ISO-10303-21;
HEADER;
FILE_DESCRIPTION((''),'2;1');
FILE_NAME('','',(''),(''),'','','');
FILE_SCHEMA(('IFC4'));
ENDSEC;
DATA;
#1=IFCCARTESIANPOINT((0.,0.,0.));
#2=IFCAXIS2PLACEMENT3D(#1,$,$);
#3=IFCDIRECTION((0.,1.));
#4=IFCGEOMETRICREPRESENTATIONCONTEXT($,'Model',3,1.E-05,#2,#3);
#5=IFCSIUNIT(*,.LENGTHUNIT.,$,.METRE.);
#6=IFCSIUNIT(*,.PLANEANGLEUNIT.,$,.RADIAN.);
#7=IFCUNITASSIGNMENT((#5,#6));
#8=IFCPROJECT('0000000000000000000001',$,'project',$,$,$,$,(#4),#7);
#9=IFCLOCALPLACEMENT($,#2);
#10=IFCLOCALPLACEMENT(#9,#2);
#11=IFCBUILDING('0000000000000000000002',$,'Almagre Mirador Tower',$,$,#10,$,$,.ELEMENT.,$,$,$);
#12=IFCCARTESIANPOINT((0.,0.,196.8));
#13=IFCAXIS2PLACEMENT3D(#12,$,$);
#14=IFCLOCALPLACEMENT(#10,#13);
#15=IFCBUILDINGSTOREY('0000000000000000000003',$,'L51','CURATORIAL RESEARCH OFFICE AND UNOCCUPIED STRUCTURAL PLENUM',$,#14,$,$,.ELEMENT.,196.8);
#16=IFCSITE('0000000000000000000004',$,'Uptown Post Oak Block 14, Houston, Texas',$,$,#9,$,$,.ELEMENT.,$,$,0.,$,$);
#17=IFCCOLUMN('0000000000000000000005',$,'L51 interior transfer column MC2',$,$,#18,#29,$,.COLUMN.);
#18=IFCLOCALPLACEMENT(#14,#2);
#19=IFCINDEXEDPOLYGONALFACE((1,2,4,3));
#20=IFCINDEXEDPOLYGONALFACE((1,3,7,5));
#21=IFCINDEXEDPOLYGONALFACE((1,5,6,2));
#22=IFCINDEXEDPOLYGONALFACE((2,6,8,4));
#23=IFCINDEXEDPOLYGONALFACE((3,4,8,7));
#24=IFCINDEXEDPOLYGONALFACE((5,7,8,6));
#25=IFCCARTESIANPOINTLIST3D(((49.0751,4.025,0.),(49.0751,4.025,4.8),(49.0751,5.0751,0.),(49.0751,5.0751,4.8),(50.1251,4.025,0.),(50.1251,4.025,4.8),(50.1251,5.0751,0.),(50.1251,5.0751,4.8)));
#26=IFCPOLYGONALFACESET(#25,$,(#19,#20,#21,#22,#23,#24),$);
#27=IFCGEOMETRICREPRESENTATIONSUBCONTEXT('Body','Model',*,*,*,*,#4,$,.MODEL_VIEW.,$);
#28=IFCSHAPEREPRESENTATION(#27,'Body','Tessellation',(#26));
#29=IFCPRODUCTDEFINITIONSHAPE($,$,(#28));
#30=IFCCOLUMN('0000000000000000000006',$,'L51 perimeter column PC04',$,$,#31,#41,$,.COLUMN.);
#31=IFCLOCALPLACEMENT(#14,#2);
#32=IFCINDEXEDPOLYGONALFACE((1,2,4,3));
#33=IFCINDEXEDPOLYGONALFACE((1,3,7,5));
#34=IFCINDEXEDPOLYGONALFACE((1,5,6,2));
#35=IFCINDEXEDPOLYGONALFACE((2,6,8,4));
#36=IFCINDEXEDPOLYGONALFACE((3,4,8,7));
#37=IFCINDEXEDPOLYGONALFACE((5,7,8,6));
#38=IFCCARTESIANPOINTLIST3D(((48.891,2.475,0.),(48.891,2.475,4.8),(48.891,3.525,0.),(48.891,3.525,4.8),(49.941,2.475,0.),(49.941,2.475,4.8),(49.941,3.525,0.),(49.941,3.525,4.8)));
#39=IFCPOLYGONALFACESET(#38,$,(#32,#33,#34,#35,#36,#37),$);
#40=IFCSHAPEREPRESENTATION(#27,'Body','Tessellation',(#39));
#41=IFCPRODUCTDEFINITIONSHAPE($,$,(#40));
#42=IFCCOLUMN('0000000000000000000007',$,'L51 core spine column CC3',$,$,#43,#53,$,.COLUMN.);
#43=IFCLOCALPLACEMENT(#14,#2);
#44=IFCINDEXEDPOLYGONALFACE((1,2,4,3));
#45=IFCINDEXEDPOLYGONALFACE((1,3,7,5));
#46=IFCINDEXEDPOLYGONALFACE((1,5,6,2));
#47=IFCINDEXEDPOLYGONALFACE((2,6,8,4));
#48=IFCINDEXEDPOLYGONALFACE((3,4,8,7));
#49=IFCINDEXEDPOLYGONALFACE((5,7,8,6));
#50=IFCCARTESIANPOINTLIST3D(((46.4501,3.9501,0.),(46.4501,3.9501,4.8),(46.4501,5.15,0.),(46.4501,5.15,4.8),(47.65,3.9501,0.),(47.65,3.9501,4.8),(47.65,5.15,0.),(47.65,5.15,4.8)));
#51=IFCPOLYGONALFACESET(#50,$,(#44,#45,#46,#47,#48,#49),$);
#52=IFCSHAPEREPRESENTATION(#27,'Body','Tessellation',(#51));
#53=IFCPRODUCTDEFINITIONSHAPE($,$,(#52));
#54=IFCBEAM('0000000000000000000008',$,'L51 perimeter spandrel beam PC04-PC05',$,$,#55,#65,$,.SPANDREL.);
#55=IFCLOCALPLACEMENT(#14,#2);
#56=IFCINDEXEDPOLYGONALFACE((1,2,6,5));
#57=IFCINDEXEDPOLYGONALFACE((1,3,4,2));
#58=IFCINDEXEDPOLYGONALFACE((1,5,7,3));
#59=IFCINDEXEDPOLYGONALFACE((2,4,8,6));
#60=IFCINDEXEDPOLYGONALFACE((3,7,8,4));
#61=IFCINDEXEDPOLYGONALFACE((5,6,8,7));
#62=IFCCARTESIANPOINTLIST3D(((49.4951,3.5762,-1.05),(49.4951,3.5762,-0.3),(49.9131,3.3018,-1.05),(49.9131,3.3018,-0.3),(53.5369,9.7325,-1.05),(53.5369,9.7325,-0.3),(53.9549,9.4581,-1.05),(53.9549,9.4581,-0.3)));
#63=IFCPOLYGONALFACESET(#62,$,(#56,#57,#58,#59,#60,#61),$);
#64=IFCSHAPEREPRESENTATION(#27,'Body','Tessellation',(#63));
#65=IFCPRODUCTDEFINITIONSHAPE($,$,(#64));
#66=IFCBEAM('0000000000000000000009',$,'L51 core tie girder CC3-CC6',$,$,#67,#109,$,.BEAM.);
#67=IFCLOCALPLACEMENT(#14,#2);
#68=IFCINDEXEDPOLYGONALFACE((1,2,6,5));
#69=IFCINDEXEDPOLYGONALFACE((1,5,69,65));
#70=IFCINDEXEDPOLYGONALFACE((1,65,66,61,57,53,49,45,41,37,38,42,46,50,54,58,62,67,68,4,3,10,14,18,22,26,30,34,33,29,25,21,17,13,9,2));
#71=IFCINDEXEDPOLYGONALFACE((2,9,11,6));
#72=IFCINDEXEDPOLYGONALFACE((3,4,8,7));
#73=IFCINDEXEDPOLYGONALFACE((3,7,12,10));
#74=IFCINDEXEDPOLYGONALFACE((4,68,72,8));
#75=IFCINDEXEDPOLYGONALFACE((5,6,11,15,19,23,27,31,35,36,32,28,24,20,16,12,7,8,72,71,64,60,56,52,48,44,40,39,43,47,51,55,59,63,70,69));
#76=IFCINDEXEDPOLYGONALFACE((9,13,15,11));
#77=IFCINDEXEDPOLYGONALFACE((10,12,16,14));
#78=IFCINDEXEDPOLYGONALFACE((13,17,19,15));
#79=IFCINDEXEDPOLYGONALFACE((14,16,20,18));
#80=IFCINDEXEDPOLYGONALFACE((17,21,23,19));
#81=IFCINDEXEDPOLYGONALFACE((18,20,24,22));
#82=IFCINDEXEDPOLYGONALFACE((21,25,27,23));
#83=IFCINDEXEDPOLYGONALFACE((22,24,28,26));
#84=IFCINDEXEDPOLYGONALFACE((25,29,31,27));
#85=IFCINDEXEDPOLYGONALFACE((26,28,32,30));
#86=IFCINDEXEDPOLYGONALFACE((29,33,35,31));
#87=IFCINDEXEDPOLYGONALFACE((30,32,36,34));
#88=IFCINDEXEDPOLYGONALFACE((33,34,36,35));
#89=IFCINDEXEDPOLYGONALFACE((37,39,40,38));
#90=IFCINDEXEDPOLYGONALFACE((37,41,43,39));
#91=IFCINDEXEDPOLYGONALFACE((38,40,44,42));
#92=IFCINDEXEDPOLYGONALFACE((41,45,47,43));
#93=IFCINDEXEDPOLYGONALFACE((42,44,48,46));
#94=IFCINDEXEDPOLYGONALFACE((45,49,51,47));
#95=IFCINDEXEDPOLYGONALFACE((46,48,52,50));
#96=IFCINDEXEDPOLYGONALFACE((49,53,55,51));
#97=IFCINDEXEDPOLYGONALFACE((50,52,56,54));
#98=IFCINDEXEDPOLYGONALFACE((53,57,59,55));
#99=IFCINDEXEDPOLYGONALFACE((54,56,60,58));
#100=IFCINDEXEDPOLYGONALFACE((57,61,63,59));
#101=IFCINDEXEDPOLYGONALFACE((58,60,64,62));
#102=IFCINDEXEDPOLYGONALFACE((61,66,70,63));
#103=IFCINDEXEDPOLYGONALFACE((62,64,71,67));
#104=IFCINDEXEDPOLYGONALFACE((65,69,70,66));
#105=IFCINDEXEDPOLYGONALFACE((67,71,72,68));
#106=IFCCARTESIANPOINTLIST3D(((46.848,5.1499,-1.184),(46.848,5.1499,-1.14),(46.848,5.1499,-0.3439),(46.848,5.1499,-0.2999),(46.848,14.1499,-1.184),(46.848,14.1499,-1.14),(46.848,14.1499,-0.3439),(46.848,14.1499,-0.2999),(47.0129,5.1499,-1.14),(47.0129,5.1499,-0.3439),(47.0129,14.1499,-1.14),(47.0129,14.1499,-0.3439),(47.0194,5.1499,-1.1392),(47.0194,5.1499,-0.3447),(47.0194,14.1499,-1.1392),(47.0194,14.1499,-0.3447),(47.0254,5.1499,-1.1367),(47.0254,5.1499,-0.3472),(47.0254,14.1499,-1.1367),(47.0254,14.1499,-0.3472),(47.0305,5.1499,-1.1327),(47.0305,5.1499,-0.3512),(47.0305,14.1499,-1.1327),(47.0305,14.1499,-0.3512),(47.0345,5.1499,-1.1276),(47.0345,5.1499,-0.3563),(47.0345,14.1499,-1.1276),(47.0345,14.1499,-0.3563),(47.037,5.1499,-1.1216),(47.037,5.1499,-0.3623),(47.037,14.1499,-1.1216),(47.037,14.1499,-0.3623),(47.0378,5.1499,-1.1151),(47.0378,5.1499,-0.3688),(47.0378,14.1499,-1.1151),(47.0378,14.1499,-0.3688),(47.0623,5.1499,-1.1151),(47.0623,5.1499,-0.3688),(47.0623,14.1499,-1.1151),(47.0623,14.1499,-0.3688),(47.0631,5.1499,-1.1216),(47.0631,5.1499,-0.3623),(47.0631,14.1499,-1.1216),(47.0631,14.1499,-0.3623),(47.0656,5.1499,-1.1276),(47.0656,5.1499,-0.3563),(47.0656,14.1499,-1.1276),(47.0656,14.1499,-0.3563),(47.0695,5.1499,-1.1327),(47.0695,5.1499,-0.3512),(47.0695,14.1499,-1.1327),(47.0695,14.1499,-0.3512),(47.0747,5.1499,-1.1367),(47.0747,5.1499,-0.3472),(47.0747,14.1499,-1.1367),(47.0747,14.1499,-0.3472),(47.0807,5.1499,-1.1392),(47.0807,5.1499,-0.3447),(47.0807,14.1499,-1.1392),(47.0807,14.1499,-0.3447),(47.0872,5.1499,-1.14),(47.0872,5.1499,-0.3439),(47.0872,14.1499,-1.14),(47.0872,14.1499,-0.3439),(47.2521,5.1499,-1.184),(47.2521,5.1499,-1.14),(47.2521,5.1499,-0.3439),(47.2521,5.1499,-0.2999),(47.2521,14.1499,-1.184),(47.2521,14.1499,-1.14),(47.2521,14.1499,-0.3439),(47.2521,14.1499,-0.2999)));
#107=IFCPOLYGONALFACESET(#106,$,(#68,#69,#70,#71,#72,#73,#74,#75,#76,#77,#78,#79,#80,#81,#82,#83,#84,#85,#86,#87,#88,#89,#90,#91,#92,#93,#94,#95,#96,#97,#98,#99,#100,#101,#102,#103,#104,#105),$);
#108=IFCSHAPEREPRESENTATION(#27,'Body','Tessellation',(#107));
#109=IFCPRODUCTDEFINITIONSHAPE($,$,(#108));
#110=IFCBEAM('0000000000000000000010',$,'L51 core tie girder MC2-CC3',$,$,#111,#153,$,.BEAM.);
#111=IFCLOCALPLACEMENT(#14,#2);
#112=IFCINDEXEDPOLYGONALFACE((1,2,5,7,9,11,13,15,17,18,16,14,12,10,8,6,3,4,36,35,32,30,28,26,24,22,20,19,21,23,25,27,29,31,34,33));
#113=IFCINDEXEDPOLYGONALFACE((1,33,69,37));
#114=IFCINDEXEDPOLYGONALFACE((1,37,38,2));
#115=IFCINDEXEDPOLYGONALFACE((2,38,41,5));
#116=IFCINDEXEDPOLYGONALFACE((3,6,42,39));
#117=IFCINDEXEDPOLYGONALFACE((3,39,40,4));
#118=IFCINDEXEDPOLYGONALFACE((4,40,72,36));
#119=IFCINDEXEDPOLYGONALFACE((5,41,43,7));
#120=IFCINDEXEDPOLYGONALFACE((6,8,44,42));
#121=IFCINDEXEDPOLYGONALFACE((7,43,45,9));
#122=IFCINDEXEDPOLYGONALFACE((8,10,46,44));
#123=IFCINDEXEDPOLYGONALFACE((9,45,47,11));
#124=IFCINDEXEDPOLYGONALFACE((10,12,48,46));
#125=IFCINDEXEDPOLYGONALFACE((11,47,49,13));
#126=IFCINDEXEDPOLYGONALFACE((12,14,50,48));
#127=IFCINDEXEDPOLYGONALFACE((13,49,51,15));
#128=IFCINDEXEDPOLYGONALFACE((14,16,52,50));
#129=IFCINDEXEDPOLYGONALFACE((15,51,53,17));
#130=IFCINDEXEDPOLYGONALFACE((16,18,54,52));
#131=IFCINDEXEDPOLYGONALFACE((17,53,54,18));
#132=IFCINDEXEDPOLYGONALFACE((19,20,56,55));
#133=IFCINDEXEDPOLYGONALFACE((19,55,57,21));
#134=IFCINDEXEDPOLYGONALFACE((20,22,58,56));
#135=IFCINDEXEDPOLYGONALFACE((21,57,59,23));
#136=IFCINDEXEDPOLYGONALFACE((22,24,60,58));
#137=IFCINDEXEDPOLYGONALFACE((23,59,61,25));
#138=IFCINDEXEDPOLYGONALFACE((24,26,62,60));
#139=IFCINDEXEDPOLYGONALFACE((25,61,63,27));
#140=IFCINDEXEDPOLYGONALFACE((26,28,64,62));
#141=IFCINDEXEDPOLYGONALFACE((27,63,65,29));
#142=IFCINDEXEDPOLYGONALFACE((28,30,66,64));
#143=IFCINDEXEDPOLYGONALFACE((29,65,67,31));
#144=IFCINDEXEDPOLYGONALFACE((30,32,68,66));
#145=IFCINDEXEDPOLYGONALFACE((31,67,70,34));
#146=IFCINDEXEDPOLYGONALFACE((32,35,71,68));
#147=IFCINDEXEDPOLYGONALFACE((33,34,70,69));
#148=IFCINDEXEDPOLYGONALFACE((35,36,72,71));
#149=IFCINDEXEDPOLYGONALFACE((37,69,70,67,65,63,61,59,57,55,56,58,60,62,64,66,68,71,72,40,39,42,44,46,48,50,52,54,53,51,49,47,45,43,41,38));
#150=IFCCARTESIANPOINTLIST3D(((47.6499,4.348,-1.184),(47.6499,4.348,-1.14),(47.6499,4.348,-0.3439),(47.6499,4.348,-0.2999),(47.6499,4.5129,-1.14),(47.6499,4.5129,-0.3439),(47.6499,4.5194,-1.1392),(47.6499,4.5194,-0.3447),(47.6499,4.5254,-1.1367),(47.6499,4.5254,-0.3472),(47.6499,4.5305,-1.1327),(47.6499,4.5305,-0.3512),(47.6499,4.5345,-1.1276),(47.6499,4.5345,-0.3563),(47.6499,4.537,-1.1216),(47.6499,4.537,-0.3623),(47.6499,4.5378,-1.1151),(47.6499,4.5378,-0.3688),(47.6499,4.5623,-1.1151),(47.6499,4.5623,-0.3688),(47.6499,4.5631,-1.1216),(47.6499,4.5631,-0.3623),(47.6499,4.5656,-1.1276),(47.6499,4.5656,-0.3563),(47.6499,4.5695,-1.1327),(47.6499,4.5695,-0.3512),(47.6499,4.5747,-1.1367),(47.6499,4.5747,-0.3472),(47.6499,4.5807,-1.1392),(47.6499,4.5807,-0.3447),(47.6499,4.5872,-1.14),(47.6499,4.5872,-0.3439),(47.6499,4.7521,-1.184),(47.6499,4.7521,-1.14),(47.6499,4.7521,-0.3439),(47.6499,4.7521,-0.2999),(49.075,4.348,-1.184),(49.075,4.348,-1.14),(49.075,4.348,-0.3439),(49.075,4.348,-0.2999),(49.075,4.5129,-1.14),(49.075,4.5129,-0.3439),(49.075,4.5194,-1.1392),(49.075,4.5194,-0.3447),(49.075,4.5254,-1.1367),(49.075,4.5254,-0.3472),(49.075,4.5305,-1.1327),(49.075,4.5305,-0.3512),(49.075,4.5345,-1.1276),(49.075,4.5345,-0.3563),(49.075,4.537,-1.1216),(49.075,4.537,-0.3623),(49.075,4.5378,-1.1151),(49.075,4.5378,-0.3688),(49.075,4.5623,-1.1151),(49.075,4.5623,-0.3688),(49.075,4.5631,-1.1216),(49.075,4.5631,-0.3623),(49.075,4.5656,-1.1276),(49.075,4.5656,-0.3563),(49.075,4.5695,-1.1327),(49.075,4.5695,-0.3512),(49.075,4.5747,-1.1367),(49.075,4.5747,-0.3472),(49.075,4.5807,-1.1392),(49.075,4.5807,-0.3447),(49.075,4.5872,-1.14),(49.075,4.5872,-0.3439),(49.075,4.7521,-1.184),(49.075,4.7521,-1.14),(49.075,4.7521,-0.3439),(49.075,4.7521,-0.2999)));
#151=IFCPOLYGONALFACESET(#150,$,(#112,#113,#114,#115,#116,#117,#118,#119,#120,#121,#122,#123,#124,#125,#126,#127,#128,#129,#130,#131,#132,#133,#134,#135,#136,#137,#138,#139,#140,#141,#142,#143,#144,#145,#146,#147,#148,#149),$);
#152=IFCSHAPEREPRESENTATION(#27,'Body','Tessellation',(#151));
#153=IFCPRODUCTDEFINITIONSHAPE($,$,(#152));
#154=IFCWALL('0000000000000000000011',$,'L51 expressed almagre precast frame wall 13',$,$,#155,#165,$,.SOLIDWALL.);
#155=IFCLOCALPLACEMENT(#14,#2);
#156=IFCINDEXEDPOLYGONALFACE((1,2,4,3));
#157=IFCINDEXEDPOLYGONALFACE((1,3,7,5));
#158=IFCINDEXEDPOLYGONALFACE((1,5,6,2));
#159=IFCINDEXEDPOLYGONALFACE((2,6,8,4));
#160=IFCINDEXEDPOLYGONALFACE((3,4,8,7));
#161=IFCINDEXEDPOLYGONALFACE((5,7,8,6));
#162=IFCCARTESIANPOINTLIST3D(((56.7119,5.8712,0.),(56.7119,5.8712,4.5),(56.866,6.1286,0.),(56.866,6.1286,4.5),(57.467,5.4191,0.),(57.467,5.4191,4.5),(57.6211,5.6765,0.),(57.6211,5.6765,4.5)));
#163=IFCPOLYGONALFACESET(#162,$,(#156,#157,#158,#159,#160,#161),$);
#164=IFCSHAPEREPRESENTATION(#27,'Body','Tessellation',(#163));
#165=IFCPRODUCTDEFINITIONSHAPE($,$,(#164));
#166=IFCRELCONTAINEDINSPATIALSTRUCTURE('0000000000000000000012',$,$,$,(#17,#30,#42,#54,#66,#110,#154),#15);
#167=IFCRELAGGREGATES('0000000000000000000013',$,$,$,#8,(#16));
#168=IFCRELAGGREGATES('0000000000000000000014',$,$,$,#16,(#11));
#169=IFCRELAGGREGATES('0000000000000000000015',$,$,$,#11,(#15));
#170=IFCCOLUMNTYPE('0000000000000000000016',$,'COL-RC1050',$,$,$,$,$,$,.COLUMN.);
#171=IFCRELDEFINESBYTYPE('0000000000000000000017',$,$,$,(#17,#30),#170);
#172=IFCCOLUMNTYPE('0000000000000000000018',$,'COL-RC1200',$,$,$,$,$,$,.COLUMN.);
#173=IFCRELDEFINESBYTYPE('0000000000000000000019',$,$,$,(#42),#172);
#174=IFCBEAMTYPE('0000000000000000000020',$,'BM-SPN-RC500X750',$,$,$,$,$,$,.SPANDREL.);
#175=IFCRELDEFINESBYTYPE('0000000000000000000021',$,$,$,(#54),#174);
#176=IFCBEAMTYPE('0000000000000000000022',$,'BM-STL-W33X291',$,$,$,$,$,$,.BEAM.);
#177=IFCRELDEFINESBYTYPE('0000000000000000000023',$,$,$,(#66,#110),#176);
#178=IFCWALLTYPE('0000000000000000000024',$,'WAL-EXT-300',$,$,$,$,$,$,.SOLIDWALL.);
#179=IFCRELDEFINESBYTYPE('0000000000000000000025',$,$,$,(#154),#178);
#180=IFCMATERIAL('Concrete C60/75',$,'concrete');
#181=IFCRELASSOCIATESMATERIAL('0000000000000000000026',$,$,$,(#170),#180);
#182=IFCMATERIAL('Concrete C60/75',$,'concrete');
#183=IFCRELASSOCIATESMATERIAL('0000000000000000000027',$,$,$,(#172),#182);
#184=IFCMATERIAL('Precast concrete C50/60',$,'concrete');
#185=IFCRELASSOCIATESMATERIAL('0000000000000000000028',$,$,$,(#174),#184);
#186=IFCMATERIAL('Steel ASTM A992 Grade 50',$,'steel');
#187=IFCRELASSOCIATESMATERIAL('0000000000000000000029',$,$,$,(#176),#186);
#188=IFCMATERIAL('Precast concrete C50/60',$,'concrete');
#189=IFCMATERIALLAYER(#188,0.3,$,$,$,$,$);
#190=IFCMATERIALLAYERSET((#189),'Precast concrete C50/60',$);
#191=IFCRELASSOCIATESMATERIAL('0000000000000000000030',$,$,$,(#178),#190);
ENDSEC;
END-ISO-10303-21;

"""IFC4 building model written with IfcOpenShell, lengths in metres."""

from ifc_helpers import new_model, si_unit, direction, frame, frame_2d, origin, origin_2d, place, context, subcontext, project, spatial, rectangle, i_section, extrude, material, layer, layer_set, material_profile, profile_set, type_object, element, save


model = new_model("IFC4")

# Units and contexts
model_context = context("Model", 3, precision=1e-05, world=origin(), true_north=direction((0.0, 1.0)))
body_context = subcontext(model_context, "Body", "Model", "MODEL_VIEW")
ifc_project = project(units=[si_unit("LENGTHUNIT", "METRE"), si_unit("PLANEANGLEUNIT", "RADIAN")], contexts=[model_context])

# Site, building, storey
site_placement = place(None, origin())
site = spatial("IfcSite", under=ifc_project, at=site_placement, Name="Uptown Post Oak Block 14, Houston, Texas", CompositionType="ELEMENT", RefElevation=0.0)
building_placement = place(site_placement, origin())
building = spatial("IfcBuilding", under=site, at=building_placement, Name="Almagre Mirador Tower", CompositionType="ELEMENT")
storey_placement = place(building_placement, frame((0.0, 0.0, 196.8)))
storey = spatial("IfcBuildingStorey", under=building, at=storey_placement, Name="L51", Description="CURATORIAL RESEARCH OFFICE AND UNOCCUPIED STRUCTURAL PLENUM", CompositionType="ELEMENT", Elevation=196.8)

# Columns
ifc_material_1 = material(Name="Concrete C60/75", Category="concrete")
ifc_material_profile_1 = material_profile(ifc_material_1, rectangle(XDim=1.05, YDim=1.05, at=origin_2d()), Name="RC1050X1050")
ifc_profile_set_1 = profile_set([ifc_material_profile_1], Name="Concrete C60/75")
column_type_1 = type_object("IfcColumnType", Name="COL-RC1050", PredefinedType="COLUMN", material=ifc_profile_set_1)
for number, where, z_axis, x_axis, name in (
    (1, (49.6001, 4.55, 0.0), (0.0, 0.0, 1.0), (1.0, 0.0, 0.0), "L51 interior transfer column MC2"),
    (2, (49.416, 3.0, 0.0), (0.0, 0.0, 1.0), (1.0, 0.0, 0.0), "L51 perimeter column PC04"),
):
    element("IfcColumn", number, at=place(storey_placement, frame(where, z_axis=z_axis, x_axis=x_axis)), inside=storey, type_object=column_type_1, Name=name, PredefinedType="COLUMN", context=body_context, shape_type="SweptSolid", body=[
        extrude(rectangle(XDim=1.05, YDim=1.05, at=origin_2d()), origin(), (0.0, 0.0, 1.0), 4.8),
    ])
ifc_material_2 = material(Name="Concrete C60/75", Category="concrete")
ifc_material_profile_2 = material_profile(ifc_material_2, rectangle(XDim=1.2, YDim=1.2, at=origin_2d()), Name="RC1200X1200")
ifc_profile_set_2 = profile_set([ifc_material_profile_2], Name="Concrete C60/75")
column_type_2 = type_object("IfcColumnType", Name="COL-RC1200", PredefinedType="COLUMN", material=ifc_profile_set_2)
column_placement = place(storey_placement, frame((47.05, 4.55, 0.0), z_axis=(0.0, 0.0, 1.0), x_axis=(1.0, 0.0, 0.0)))
element("IfcColumn", 3, at=column_placement, inside=storey, type_object=column_type_2, Name="L51 core spine column CC3", PredefinedType="COLUMN", context=body_context, shape_type="SweptSolid", body=[
    extrude(rectangle(XDim=1.2, YDim=1.2, at=origin_2d()), origin(), (0.0, 0.0, 1.0), 4.8),
])

# Beams
ifc_material_3 = material(Name="Precast concrete C50/60", Category="concrete")
ifc_material_profile_3 = material_profile(ifc_material_3, rectangle(XDim=0.5, YDim=0.75, at=origin_2d()), Name="RC500X750")
ifc_profile_set_3 = profile_set([ifc_material_profile_3], Name="Precast concrete C50/60")
beam_type_1 = type_object("IfcBeamType", Name="BM-SPN-RC500X750", PredefinedType="SPANDREL", material=ifc_profile_set_3)
beam_1_placement = place(storey_placement, frame((49.7041, 3.439, -0.675), z_axis=(0.548819, 0.835941, 0.0), x_axis=(-0.835941, 0.548819, 0.0)))
element("IfcBeam", 4, at=beam_1_placement, inside=storey, type_object=beam_type_1, Name="L51 perimeter spandrel beam PC04-PC05", PredefinedType="SPANDREL", context=body_context, shape_type="SweptSolid", body=[
    extrude(rectangle(XDim=0.5, YDim=0.75, at=origin_2d()), origin(), (0.0, 0.0, 1.0), 7.3645),
])
ifc_material_4 = material(Name="Steel ASTM A992 Grade 50", Category="steel")
ifc_material_profile_4 = material_profile(ifc_material_4, i_section(OverallWidth=0.4041, OverallDepth=0.884, WebThickness=0.0244, FlangeThickness=0.0439, FilletRadius=0.0249, at=origin_2d()), Name="W33X291")
ifc_profile_set_4 = profile_set([ifc_material_profile_4], Name="Steel ASTM A992 Grade 50")
beam_type_2 = type_object("IfcBeamType", Name="BM-STL-W33X291", PredefinedType="BEAM", material=ifc_profile_set_4)
beam_2_placement = place(storey_placement, frame((47.05, 5.1499, -0.7419), z_axis=(0.0, 1.0, 0.0), x_axis=(-1.0, 0.0, 0.0)))
element("IfcBeam", 5, at=beam_2_placement, inside=storey, type_object=beam_type_2, Name="L51 core tie girder CC3-CC6", PredefinedType="BEAM", context=body_context, shape_type="SweptSolid", body=[
    extrude(i_section(OverallWidth=0.4041, OverallDepth=0.884, WebThickness=0.0244, FlangeThickness=0.0439, FilletRadius=0.0249, at=origin_2d()), origin(), (0.0, 0.0, 1.0), 9.0),
])
beam_3_placement = place(storey_placement, frame((49.075, 4.55, -0.7419), z_axis=(-1.0, 0.0, 0.0), x_axis=(0.0, -1.0, 0.0)))
element("IfcBeam", 6, at=beam_3_placement, inside=storey, type_object=beam_type_2, Name="L51 core tie girder MC2-CC3", PredefinedType="BEAM", context=body_context, shape_type="SweptSolid", body=[
    extrude(i_section(OverallWidth=0.4041, OverallDepth=0.884, WebThickness=0.0244, FlangeThickness=0.0439, FilletRadius=0.0249, at=origin_2d()), origin(), (0.0, 0.0, 1.0), 1.425),
])

# Wall
ifc_material_5 = material(Name="Precast concrete C50/60", Category="concrete")
ifc_layer_1 = layer(ifc_material_5, 0.3)
ifc_layer_set_1 = layer_set([ifc_layer_1], Name="Precast concrete C50/60")
wall_type_1 = type_object("IfcWallType", Name="WAL-EXT-300", PredefinedType="SOLIDWALL", material=ifc_layer_set_1)
wall_1_placement = place(storey_placement, frame((57.5439, 5.5479, 0.0), z_axis=(0.0, 0.0, 1.0), x_axis=(-0.857958, 0.51372, 0.0)))
element("IfcWall", 7, at=wall_1_placement, inside=storey, type_object=wall_type_1, Name="L51 expressed almagre precast frame wall 13", PredefinedType="SOLIDWALL", context=body_context, shape_type="SweptSolid", body=[
    extrude(rectangle(XDim=0.8801, YDim=0.3, at=frame_2d((0.4399, 0.0))), origin(), (0.0, 0.0, 1.0), 4.5),
])

save(model, "model.ifc")
